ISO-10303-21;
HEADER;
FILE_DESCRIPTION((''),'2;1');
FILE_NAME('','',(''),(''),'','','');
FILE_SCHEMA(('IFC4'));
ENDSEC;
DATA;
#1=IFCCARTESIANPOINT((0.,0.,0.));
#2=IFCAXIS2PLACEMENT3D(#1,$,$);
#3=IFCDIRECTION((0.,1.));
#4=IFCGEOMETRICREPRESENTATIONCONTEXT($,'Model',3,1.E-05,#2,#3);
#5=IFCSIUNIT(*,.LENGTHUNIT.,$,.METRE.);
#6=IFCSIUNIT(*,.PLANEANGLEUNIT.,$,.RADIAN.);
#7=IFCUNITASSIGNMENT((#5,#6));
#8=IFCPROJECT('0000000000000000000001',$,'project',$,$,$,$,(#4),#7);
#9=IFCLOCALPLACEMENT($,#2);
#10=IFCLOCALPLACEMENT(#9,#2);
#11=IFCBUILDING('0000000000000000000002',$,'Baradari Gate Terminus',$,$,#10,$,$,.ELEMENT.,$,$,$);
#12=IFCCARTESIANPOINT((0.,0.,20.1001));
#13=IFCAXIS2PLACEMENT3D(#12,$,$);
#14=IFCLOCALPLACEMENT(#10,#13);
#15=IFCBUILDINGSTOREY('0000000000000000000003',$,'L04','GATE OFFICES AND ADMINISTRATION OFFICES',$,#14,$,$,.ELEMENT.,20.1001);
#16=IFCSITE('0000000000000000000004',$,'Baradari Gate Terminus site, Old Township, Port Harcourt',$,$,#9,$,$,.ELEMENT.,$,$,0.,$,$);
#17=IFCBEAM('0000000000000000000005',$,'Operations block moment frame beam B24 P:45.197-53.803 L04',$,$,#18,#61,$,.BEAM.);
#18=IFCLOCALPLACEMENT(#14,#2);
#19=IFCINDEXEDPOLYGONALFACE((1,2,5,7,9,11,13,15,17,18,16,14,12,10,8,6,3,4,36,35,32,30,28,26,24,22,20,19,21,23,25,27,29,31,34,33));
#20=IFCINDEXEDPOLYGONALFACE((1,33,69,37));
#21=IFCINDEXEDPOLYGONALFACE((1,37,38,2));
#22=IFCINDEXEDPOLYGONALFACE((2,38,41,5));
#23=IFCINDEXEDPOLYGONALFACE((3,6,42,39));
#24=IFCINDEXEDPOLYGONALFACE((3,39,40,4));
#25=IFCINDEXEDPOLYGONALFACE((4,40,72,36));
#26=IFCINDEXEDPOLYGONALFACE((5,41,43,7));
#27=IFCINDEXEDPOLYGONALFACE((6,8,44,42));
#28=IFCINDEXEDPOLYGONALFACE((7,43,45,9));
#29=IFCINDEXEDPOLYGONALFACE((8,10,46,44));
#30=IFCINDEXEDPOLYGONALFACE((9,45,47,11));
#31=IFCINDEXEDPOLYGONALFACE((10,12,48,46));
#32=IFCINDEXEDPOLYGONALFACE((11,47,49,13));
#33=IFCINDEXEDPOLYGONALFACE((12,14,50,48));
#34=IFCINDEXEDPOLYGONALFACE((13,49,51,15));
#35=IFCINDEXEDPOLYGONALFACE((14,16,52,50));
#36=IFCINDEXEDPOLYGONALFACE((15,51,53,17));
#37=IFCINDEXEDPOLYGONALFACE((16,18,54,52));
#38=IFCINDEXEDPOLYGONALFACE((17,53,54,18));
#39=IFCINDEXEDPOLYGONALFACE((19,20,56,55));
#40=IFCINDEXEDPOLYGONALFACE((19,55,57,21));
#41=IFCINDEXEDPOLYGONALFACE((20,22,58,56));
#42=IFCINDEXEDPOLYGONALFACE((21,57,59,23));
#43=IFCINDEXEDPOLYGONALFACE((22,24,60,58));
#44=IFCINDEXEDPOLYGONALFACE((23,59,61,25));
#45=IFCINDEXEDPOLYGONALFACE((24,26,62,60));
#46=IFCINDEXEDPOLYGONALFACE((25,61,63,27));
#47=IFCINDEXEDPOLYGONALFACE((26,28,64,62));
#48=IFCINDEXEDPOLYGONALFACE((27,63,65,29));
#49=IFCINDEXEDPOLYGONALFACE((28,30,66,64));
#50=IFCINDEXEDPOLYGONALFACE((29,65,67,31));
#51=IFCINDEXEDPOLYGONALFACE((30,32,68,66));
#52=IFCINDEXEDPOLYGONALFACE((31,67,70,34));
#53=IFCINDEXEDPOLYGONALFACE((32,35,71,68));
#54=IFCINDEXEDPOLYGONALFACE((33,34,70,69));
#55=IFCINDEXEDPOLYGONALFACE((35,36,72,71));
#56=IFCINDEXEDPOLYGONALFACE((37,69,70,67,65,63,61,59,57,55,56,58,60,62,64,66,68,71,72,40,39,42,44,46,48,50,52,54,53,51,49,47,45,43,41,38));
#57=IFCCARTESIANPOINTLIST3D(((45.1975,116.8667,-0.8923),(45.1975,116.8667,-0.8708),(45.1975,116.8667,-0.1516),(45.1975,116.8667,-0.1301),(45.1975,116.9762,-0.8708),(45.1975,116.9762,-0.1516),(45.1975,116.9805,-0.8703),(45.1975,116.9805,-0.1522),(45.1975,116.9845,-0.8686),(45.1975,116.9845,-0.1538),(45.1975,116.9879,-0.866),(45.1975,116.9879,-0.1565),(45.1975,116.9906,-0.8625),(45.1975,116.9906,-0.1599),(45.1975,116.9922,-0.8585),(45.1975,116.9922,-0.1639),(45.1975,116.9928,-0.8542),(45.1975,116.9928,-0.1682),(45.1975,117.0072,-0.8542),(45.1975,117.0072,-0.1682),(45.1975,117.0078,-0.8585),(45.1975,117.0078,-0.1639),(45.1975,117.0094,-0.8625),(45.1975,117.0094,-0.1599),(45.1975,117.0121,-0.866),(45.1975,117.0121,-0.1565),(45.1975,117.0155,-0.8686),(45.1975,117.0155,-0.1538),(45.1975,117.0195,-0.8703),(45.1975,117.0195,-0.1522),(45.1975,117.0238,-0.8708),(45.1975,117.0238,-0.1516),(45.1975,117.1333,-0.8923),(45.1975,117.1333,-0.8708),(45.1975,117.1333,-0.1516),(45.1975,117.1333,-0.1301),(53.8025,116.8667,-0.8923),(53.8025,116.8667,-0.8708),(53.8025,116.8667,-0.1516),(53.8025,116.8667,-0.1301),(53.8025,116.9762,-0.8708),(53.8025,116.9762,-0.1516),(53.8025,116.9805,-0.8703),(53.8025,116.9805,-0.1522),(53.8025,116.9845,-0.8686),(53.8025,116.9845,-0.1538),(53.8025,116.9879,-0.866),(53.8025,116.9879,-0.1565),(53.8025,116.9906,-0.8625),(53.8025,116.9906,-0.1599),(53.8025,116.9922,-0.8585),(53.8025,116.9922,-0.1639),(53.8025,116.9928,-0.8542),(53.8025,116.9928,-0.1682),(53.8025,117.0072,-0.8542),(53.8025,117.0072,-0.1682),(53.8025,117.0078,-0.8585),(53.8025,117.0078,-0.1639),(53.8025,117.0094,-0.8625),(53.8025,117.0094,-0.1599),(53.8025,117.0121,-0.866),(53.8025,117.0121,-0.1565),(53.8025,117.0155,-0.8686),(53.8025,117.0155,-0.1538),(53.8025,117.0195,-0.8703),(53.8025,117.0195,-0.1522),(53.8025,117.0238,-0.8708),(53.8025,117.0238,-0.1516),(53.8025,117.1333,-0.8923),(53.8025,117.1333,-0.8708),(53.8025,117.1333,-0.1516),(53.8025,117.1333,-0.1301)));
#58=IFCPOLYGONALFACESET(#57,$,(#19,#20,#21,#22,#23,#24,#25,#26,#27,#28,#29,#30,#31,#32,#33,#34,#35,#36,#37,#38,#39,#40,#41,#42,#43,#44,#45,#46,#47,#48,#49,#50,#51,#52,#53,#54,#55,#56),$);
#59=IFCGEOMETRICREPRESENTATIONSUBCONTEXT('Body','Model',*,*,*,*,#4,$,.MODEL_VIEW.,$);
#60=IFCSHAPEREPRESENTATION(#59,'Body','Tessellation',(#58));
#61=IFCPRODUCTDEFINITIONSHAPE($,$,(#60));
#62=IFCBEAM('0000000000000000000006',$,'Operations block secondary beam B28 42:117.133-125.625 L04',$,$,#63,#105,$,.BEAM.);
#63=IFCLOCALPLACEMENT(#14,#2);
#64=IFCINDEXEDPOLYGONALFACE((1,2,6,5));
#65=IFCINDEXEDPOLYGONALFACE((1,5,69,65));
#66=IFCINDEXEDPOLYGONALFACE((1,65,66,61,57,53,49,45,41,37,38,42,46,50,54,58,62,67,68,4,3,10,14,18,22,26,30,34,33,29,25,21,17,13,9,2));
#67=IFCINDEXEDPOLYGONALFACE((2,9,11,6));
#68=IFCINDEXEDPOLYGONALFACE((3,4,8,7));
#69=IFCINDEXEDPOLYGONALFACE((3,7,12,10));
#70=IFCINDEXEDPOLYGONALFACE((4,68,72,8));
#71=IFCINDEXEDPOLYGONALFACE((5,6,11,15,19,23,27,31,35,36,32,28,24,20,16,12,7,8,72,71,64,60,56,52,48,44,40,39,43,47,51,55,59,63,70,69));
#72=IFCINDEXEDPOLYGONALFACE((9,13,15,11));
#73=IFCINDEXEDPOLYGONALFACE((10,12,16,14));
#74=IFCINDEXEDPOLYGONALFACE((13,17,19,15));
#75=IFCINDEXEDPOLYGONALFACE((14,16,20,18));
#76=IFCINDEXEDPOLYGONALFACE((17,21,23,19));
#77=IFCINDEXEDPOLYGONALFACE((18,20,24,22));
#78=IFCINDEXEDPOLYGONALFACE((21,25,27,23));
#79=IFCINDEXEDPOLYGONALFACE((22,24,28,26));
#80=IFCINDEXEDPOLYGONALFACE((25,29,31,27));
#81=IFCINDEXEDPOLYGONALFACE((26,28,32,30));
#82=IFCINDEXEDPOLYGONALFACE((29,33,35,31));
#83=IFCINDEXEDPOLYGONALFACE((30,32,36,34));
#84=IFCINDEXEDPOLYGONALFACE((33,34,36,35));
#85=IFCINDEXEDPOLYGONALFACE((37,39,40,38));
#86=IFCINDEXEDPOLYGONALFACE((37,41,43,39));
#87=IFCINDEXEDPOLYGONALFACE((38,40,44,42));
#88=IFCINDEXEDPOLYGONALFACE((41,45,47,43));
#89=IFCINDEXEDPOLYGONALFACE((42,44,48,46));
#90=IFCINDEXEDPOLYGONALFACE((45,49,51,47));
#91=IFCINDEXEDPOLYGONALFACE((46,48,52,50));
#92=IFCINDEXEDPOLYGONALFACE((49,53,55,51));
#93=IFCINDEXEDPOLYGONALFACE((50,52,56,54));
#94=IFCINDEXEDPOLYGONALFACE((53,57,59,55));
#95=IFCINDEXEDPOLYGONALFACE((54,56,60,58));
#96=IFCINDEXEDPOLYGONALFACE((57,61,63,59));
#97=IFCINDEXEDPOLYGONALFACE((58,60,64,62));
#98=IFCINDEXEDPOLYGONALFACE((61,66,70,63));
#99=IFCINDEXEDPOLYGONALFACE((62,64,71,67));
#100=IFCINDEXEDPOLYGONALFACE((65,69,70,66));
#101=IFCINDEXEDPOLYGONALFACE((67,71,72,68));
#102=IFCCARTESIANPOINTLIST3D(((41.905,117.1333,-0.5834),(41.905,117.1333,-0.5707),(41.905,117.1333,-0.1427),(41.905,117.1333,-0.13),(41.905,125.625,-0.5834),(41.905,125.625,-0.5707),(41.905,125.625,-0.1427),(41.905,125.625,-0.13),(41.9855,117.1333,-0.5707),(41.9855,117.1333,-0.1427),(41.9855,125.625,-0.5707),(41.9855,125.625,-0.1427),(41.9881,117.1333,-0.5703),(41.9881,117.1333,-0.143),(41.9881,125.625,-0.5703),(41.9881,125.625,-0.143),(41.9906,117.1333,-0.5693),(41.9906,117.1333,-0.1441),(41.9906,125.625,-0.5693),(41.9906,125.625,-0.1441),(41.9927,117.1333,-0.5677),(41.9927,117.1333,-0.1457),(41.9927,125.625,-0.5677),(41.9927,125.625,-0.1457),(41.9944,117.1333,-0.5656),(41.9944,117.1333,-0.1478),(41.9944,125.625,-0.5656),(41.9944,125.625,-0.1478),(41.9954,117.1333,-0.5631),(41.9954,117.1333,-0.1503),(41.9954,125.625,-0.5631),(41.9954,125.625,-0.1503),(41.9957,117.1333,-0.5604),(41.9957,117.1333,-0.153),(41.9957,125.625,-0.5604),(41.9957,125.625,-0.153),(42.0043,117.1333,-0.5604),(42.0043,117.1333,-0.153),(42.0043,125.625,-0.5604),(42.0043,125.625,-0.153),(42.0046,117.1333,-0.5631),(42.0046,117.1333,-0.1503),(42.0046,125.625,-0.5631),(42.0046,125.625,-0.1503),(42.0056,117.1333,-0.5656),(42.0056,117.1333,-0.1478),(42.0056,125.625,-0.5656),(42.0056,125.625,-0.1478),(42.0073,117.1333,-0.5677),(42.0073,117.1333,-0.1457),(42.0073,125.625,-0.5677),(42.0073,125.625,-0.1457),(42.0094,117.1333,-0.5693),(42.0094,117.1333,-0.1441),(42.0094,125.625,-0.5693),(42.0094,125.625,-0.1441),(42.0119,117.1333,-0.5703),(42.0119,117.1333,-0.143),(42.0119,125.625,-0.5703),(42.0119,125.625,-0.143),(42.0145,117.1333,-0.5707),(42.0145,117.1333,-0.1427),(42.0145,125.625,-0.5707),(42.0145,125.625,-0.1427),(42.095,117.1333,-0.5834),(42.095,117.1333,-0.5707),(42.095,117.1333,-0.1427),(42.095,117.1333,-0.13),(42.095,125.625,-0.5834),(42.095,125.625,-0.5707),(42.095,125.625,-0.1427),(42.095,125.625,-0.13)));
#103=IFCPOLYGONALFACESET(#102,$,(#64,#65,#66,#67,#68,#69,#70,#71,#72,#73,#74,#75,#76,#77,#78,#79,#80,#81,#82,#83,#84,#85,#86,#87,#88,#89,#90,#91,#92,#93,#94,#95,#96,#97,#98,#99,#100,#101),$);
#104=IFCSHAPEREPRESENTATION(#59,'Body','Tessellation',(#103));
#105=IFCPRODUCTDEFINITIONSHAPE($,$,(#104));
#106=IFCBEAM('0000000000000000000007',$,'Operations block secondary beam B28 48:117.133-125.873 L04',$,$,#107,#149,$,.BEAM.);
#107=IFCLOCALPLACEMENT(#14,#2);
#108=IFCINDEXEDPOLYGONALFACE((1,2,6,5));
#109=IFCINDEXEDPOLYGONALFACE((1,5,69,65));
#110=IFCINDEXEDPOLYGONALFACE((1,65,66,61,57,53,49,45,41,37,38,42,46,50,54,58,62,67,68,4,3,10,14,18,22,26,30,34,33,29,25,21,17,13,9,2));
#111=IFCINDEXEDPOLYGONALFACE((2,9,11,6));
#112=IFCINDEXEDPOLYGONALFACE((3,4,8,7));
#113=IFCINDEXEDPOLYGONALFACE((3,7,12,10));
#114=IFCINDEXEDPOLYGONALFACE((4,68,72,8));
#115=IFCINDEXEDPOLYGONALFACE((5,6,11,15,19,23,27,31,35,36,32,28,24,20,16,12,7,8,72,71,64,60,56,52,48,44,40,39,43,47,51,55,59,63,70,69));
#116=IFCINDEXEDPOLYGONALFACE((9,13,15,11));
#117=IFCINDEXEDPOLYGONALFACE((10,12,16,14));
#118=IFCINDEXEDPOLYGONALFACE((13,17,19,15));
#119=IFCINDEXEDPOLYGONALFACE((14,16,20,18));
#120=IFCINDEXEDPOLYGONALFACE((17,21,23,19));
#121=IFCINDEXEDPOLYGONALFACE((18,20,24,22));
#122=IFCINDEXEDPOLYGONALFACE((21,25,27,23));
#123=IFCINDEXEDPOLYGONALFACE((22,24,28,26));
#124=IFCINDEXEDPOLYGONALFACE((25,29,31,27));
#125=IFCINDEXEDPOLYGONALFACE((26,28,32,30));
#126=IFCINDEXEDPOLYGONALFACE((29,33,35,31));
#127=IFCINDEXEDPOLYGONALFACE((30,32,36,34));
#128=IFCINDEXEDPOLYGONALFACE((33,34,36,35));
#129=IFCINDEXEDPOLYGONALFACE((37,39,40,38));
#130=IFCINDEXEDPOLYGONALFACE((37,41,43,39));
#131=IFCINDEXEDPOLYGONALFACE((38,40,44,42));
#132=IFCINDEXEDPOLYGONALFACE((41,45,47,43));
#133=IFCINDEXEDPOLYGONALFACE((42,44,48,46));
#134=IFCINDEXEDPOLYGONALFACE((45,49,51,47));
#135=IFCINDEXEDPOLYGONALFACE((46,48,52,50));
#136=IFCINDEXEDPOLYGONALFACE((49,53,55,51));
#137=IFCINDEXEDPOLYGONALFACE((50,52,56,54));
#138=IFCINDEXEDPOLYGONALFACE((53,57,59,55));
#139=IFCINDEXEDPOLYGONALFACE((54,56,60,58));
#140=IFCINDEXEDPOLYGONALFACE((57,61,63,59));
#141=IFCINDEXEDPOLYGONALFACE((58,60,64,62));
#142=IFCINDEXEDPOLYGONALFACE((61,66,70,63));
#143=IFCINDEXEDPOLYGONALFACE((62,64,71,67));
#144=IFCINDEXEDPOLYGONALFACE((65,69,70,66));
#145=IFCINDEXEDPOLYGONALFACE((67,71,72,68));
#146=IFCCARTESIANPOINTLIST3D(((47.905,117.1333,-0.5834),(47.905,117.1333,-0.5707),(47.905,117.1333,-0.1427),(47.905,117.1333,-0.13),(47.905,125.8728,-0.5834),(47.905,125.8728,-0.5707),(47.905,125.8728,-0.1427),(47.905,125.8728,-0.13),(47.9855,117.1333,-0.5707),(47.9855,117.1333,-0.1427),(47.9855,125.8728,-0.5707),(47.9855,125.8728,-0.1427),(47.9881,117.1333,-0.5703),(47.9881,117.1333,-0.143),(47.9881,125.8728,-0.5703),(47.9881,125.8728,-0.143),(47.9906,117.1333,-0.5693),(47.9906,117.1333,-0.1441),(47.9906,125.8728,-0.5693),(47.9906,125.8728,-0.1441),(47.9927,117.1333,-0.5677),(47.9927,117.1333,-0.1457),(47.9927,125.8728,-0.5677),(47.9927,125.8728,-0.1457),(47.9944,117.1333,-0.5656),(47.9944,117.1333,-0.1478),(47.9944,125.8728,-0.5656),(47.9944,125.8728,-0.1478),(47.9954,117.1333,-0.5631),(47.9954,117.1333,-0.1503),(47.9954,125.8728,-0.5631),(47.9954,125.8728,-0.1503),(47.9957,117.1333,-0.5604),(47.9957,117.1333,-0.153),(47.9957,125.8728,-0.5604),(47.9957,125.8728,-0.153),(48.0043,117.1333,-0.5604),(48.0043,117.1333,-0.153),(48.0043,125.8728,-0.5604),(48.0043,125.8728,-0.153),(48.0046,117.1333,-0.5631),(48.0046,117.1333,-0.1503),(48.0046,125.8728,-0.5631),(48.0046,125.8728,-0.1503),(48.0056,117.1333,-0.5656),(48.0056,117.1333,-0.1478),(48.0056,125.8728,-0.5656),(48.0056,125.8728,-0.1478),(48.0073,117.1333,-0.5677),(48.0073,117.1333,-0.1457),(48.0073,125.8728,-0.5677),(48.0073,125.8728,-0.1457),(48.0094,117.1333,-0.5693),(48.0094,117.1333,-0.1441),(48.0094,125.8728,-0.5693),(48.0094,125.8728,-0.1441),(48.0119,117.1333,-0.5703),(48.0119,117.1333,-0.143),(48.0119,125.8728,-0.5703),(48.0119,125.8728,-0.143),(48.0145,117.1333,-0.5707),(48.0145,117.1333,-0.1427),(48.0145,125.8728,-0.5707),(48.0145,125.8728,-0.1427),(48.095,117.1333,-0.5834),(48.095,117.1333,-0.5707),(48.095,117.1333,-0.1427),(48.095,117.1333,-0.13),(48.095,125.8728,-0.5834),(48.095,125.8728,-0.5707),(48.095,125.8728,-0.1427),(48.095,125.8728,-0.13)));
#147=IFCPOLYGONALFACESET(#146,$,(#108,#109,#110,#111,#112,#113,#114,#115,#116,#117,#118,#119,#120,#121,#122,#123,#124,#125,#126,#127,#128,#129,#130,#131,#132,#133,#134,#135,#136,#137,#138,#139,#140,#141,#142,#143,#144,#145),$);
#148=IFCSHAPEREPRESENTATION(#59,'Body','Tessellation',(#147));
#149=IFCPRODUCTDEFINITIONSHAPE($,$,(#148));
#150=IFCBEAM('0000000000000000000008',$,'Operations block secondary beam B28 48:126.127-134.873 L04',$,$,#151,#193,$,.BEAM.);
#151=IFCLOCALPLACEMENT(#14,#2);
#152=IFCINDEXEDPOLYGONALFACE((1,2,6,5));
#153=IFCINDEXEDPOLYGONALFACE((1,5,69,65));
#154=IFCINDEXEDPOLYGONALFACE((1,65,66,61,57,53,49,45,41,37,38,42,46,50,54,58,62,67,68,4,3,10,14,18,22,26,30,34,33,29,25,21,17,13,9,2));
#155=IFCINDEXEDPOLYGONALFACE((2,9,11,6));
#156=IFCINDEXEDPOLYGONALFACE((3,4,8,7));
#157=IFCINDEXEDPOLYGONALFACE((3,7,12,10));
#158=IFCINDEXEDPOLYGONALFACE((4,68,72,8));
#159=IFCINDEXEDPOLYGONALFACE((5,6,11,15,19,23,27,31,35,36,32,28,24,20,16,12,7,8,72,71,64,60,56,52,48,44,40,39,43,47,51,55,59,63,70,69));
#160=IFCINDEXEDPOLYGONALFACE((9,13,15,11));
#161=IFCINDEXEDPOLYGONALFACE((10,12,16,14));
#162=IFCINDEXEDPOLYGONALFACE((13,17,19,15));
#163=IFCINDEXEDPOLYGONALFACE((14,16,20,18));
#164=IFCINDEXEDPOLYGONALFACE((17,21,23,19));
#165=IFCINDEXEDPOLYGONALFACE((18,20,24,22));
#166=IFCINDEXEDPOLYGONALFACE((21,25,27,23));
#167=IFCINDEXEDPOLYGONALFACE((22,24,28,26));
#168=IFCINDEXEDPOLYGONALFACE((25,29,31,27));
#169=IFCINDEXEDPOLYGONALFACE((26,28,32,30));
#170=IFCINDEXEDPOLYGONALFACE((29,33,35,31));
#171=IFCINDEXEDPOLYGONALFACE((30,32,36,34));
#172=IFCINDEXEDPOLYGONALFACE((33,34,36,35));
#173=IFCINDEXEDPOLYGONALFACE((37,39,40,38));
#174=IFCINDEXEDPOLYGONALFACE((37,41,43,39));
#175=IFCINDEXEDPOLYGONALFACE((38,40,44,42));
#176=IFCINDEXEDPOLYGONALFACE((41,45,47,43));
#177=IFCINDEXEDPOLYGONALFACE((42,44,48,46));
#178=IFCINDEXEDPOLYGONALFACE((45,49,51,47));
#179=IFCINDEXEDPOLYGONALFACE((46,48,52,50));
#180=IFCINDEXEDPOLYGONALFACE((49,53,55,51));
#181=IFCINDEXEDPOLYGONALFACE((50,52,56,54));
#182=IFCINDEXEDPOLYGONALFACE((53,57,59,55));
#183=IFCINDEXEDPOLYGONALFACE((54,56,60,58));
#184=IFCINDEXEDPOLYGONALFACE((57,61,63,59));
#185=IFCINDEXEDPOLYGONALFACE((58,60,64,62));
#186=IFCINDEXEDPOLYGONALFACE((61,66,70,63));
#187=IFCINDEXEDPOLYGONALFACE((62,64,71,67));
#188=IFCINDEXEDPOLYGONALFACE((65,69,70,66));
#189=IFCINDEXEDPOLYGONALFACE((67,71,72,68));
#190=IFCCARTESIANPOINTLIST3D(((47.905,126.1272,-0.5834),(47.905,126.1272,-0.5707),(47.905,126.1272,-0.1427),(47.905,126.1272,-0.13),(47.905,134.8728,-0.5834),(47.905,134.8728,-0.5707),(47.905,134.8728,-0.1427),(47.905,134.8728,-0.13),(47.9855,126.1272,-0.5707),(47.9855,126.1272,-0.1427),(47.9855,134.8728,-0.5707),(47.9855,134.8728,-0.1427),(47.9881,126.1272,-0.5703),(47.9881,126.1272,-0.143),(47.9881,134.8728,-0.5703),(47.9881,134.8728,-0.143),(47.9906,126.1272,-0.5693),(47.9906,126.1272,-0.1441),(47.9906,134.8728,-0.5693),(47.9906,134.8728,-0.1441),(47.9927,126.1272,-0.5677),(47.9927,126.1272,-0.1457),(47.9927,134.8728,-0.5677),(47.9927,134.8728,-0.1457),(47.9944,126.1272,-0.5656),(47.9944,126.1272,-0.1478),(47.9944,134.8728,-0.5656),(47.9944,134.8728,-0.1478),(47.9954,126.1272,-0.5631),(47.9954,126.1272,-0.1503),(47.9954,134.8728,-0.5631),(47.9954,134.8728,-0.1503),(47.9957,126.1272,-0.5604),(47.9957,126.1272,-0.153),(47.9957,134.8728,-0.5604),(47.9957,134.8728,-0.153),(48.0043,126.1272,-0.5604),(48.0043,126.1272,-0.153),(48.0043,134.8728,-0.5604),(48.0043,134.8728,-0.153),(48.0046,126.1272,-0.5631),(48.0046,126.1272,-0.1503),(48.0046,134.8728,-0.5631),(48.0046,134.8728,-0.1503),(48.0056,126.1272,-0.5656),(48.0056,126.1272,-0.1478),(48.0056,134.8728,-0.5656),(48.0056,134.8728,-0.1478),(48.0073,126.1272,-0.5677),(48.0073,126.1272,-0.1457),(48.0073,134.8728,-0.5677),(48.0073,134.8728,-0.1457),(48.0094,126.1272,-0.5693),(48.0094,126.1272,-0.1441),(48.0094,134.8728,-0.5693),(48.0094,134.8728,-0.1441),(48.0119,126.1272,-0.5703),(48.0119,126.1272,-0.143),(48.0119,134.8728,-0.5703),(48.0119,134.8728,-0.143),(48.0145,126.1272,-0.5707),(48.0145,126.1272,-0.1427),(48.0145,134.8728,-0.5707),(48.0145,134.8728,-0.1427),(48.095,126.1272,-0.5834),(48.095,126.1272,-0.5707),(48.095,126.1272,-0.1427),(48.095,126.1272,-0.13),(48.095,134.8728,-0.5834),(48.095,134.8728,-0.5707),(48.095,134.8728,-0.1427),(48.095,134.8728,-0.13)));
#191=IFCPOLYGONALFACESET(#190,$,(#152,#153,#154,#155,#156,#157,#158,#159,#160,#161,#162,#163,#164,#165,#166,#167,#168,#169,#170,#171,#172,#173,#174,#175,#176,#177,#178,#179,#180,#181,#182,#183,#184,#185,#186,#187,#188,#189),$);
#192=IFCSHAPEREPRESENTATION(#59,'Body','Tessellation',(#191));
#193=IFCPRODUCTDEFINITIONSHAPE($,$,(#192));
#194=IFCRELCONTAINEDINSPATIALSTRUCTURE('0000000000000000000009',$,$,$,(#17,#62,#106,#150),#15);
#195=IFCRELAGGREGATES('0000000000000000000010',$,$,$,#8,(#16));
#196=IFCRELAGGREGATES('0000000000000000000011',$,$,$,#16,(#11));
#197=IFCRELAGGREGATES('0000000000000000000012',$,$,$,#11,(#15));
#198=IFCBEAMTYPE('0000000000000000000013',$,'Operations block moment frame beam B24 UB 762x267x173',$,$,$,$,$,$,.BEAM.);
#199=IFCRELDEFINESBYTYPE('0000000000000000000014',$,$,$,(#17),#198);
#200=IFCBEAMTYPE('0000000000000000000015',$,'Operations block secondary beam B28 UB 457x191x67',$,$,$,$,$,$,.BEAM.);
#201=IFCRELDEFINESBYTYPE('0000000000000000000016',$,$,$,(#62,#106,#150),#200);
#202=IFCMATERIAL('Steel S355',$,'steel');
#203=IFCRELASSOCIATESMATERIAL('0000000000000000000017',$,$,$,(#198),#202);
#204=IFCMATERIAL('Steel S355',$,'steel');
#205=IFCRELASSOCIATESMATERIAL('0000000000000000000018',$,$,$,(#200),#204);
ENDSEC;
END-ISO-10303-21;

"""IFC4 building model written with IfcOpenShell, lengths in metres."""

from ifc_helpers import new_model, si_unit, direction, frame, origin, origin_2d, place, context, subcontext, project, spatial, i_section, extrude, material, material_profile, profile_set, type_object, element, save


model = new_model("IFC4")

# Units and contexts
model_context = context("Model", 3, precision=1e-05, world=origin(), true_north=direction((0.0, 1.0)))
body_context = subcontext(model_context, "Body", "Model", "MODEL_VIEW")
ifc_project = project(units=[si_unit("LENGTHUNIT", "METRE"), si_unit("PLANEANGLEUNIT", "RADIAN")], contexts=[model_context])

# Site, building, storey
site_placement = place(None, origin())
site = spatial("IfcSite", under=ifc_project, at=site_placement, Name="Baradari Gate Terminus site, Old Township, Port Harcourt", CompositionType="ELEMENT", RefElevation=0.0)
building_placement = place(site_placement, origin())
building = spatial("IfcBuilding", under=site, at=building_placement, Name="Baradari Gate Terminus", CompositionType="ELEMENT")
storey_placement = place(building_placement, frame((0.0, 0.0, 20.1001)))
storey = spatial("IfcBuildingStorey", under=building, at=storey_placement, Name="L04", Description="GATE OFFICES AND ADMINISTRATION OFFICES", CompositionType="ELEMENT", Elevation=20.1001)

# Beams
ifc_material_1 = material(Name="Steel S355", Category="steel")
ifc_material_profile_1 = material_profile(ifc_material_1, i_section(OverallWidth=0.2666, OverallDepth=0.7622, WebThickness=0.0144, FlangeThickness=0.0215, FilletRadius=0.0166, at=origin_2d()), Name="UB 762x267x173")
ifc_profile_set_1 = profile_set([ifc_material_profile_1], Name="Steel S355")
beam_type_1 = type_object("IfcBeamType", Name="Operations block moment frame beam B24 UB 762x267x173", PredefinedType="BEAM", material=ifc_profile_set_1)
beam_1_placement = place(storey_placement, frame((45.1975, 117.0, -0.5112), z_axis=(1.0, 0.0, 0.0), x_axis=(0.0, 1.0, 0.0)))
element("IfcBeam", 1, at=beam_1_placement, inside=storey, type_object=beam_type_1, Name="Operations block moment frame beam B24 P:45.197-53.803 L04", PredefinedType="BEAM", context=body_context, shape_type="SweptSolid", body=[
    extrude(i_section(OverallWidth=0.2666, OverallDepth=0.7622, WebThickness=0.0144, FlangeThickness=0.0215, FilletRadius=0.0166, at=origin_2d()), origin(), (0.0, 0.0, 1.0), 8.605),
])
ifc_material_2 = material(Name="Steel S355", Category="steel")
ifc_material_profile_2 = material_profile(ifc_material_2, i_section(OverallWidth=0.1899, OverallDepth=0.4534, WebThickness=0.0085, FlangeThickness=0.0127, FilletRadius=0.0103, at=origin_2d()), Name="UB 457x191x67")
ifc_profile_set_2 = profile_set([ifc_material_profile_2], Name="Steel S355")
beam_type_2 = type_object("IfcBeamType", Name="Operations block secondary beam B28 UB 457x191x67", PredefinedType="BEAM", material=ifc_profile_set_2)
beam_2_placement = place(storey_placement, frame((42.0, 117.1333, -0.3567), z_axis=(0.0, 1.0, 0.0), x_axis=(-1.0, 0.0, 0.0)))
element("IfcBeam", 2, at=beam_2_placement, inside=storey, type_object=beam_type_2, Name="Operations block secondary beam B28 42:117.133-125.625 L04", PredefinedType="BEAM", context=body_context, shape_type="SweptSolid", body=[
    extrude(i_section(OverallWidth=0.1899, OverallDepth=0.4534, WebThickness=0.0085, FlangeThickness=0.0127, FilletRadius=0.0103, at=origin_2d()), origin(), (0.0, 0.0, 1.0), 8.4917),
])
beam_3_placement = place(storey_placement, frame((48.0, 117.1333, -0.3567), z_axis=(0.0, 1.0, 0.0), x_axis=(-1.0, 0.0, 0.0)))
element("IfcBeam", 3, at=beam_3_placement, inside=storey, type_object=beam_type_2, Name="Operations block secondary beam B28 48:117.133-125.873 L04", PredefinedType="BEAM", context=body_context, shape_type="SweptSolid", body=[
    extrude(i_section(OverallWidth=0.1899, OverallDepth=0.4534, WebThickness=0.0085, FlangeThickness=0.0127, FilletRadius=0.0103, at=origin_2d()), origin(), (0.0, 0.0, 1.0), 8.7395),
])
beam_4_placement = place(storey_placement, frame((48.0, 126.1272, -0.3567), z_axis=(0.0, 1.0, 0.0), x_axis=(-1.0, 0.0, 0.0)))
element("IfcBeam", 4, at=beam_4_placement, inside=storey, type_object=beam_type_2, Name="Operations block secondary beam B28 48:126.127-134.873 L04", PredefinedType="BEAM", context=body_context, shape_type="SweptSolid", body=[
    extrude(i_section(OverallWidth=0.1899, OverallDepth=0.4534, WebThickness=0.0085, FlangeThickness=0.0127, FilletRadius=0.0103, at=origin_2d()), origin(), (0.0, 0.0, 1.0), 8.7456),
])

save(model, "model.ifc")
